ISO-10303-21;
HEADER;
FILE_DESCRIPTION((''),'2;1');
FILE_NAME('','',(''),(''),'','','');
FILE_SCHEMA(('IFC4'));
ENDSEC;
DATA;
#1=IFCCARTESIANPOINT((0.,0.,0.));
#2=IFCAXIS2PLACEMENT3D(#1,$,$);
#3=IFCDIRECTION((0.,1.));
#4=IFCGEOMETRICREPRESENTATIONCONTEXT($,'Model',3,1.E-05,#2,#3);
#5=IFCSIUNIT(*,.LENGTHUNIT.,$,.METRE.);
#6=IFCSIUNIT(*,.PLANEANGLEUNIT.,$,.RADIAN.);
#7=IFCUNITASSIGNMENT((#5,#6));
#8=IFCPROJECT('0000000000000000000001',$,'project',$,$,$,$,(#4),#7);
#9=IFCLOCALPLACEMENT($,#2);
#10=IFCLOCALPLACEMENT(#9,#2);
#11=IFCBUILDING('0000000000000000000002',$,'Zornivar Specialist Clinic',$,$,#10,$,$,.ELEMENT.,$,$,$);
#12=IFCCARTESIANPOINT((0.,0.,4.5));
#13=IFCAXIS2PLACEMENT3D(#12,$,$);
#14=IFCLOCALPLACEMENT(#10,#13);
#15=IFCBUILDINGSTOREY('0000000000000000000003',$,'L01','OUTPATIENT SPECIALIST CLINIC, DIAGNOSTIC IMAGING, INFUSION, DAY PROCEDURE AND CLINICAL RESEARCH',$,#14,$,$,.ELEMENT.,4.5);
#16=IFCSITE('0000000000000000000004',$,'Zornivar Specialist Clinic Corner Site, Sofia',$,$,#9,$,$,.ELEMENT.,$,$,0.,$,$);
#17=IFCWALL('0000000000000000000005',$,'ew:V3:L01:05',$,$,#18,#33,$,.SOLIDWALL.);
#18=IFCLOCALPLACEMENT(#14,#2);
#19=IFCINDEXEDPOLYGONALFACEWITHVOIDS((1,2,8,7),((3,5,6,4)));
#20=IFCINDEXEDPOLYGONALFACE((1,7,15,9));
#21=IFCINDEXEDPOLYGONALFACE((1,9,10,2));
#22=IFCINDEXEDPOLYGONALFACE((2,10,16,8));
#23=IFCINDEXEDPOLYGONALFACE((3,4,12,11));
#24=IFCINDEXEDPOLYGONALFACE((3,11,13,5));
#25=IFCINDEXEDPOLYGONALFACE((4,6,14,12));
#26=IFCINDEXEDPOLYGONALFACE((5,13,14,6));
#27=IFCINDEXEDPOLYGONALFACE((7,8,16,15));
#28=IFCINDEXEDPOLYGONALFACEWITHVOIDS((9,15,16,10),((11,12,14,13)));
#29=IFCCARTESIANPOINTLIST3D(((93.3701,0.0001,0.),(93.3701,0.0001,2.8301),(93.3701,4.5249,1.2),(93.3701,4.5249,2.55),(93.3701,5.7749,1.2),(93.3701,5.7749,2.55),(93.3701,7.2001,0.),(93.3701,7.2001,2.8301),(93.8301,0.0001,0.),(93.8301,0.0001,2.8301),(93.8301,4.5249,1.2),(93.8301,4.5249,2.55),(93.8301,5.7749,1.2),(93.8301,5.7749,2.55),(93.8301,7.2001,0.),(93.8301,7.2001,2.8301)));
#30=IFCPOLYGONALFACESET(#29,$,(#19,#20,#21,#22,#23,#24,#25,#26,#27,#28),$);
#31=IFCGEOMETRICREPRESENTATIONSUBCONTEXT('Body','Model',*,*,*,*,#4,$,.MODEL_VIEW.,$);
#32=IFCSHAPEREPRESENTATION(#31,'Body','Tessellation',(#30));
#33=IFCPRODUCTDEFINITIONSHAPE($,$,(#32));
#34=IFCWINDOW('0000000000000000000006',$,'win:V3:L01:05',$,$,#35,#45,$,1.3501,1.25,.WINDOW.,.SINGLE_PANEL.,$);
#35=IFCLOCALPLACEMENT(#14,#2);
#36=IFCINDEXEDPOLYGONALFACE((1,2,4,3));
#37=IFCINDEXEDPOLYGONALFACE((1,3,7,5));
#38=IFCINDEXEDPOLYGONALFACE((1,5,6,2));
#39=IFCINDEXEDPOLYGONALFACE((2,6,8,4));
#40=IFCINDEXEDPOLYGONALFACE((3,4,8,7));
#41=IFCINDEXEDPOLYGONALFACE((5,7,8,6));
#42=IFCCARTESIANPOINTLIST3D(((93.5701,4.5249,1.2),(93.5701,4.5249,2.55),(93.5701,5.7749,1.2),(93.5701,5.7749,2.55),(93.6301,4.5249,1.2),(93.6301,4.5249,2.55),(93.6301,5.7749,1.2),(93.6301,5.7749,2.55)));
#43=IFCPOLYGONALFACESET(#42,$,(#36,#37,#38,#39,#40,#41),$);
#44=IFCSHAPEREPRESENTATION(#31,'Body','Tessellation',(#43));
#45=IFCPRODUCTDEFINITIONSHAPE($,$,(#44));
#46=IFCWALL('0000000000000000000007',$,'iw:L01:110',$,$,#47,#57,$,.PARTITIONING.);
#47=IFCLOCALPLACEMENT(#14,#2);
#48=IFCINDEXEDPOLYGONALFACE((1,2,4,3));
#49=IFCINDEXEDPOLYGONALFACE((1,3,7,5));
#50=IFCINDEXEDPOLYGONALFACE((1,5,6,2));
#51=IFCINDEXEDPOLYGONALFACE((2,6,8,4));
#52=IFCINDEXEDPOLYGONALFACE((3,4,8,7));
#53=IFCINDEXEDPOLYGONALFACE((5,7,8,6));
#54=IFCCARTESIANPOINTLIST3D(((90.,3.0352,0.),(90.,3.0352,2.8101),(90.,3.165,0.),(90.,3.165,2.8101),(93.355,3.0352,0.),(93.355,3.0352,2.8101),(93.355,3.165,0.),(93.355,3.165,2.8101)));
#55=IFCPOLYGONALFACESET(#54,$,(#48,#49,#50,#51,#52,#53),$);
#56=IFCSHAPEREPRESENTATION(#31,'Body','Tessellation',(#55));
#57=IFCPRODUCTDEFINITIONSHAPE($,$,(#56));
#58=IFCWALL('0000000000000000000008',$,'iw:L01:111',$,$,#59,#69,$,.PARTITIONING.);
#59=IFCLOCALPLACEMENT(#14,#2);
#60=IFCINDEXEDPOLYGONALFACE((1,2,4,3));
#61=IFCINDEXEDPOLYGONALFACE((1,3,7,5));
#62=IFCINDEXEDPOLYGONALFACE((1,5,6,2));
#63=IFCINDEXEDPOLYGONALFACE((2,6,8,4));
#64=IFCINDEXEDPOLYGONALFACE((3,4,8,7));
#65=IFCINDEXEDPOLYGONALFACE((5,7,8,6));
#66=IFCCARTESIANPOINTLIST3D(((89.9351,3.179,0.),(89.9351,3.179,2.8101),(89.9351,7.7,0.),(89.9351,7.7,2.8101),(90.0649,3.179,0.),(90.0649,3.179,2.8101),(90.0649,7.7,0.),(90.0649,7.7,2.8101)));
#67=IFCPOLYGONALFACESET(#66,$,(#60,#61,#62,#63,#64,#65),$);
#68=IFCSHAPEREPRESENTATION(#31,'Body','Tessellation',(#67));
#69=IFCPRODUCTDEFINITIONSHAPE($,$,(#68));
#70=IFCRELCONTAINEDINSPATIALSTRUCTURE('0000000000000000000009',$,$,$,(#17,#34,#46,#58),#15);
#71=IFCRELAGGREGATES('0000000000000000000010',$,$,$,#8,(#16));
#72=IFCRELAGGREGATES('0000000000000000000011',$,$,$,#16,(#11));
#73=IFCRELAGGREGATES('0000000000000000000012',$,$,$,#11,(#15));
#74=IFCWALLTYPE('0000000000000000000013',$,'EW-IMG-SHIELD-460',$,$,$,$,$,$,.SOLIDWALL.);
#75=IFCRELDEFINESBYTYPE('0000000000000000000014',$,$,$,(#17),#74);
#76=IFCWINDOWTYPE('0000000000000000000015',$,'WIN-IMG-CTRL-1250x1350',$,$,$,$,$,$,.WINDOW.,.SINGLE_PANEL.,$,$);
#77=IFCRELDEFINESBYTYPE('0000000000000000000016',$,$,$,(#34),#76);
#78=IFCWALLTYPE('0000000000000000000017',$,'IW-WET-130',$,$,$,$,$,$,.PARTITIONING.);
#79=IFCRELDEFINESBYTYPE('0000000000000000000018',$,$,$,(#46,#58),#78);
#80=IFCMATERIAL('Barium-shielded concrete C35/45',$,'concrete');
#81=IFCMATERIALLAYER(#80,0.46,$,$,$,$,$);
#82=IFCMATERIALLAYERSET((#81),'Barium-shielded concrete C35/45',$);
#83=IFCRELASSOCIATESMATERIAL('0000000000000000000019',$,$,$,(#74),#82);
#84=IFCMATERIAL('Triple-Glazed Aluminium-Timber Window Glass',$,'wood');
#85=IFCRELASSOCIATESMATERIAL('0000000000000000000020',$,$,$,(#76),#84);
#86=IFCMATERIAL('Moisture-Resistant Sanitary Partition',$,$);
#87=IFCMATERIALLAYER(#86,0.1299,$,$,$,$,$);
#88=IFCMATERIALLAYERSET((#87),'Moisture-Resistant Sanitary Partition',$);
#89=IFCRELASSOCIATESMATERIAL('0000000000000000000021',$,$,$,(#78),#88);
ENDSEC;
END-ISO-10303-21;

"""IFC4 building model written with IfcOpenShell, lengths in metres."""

from ifc_helpers import new_model, si_unit, direction, frame, frame_2d, origin, place, context, subcontext, project, spatial, rectangle, extrude, material, layer, layer_set, type_object, element, fill, save


model = new_model("IFC4")

# Units and contexts
model_context = context("Model", 3, precision=1e-05, world=origin(), true_north=direction((0.0, 1.0)))
body_context = subcontext(model_context, "Body", "Model", "MODEL_VIEW")
ifc_project = project(units=[si_unit("LENGTHUNIT", "METRE"), si_unit("PLANEANGLEUNIT", "RADIAN")], contexts=[model_context])

# Site, building, storey
site_placement = place(None, origin())
site = spatial("IfcSite", under=ifc_project, at=site_placement, Name="Zornivar Specialist Clinic Corner Site, Sofia", CompositionType="ELEMENT", RefElevation=0.0)
building_placement = place(site_placement, origin())
building = spatial("IfcBuilding", under=site, at=building_placement, Name="Zornivar Specialist Clinic", CompositionType="ELEMENT")
storey_placement = place(building_placement, frame((0.0, 0.0, 4.5)))
storey = spatial("IfcBuildingStorey", under=building, at=storey_placement, Name="L01", Description="OUTPATIENT SPECIALIST CLINIC, DIAGNOSTIC IMAGING, INFUSION, DAY PROCEDURE AND CLINICAL RESEARCH", CompositionType="ELEMENT", Elevation=4.5)

# Wall, opening, window
ifc_material_1 = material(Name="Barium-shielded concrete C35/45", Category="concrete")
ifc_layer_1 = layer(ifc_material_1, 0.46)
ifc_layer_set_1 = layer_set([ifc_layer_1], Name="Barium-shielded concrete C35/45")
wall_type_1 = type_object("IfcWallType", Name="EW-IMG-SHIELD-460", PredefinedType="SOLIDWALL", material=ifc_layer_set_1)
wall_1_placement = place(storey_placement, frame((93.6001, 0.0, 0.0), z_axis=(0.0, 0.0, 1.0), x_axis=(0.0, 1.0, 0.0)))
wall_1 = element("IfcWall", 1, at=wall_1_placement, inside=storey, type_object=wall_type_1, Name="ew:V3:L01:05", PredefinedType="SOLIDWALL", context=body_context, shape_type="SweptSolid", body=[
    extrude(rectangle(XDim=7.2, YDim=0.46, at=frame_2d((3.6001, 0.0))), origin(), (0.0, 0.0, 1.0), 2.8301),
])
opening_1_placement = place(wall_1_placement, frame((4.5249, 0.0, 1.2)))
opening_1 = element("IfcOpeningElement", 2, at=opening_1_placement, cuts=wall_1, PredefinedType="OPENING", context=body_context, shape_type="SweptSolid", body=[
    extrude(rectangle(XDim=1.25, YDim=1.3501, at=frame_2d((0.625, 0.675))), frame((0.0, 0.24, 0.0), z_axis=(0.0, -1.0, 0.0), x_axis=(1.0, 0.0, 0.0)), (0.0, 0.0, 1.0), 0.48),
])
ifc_material_2 = material(Name="Triple-Glazed Aluminium-Timber Window Glass", Category="wood")
window_type_1 = type_object("IfcWindowType", Name="WIN-IMG-CTRL-1250x1350", PartitioningType="SINGLE_PANEL", PredefinedType="WINDOW", material=ifc_material_2)
window_1_placement = place(opening_1_placement, origin())
window_1 = element("IfcWindow", 3, at=window_1_placement, inside=storey, type_object=window_type_1, Name="win:V3:L01:05", OverallHeight=1.3501, OverallWidth=1.25, PartitioningType="SINGLE_PANEL", PredefinedType="WINDOW", context=body_context, shape_type="SweptSolid", body=[
    extrude(rectangle(XDim=1.25, YDim=1.3501, at=frame_2d((0.625, 0.675))), frame((0.0, 0.03, 0.0), z_axis=(0.0, -1.0, 0.0), x_axis=(1.0, 0.0, 0.0)), (0.0, 0.0, 1.0), 0.0601),
])
fill(opening_1, window_1)

# Walls
ifc_material_3 = material(Name="Moisture-Resistant Sanitary Partition")
ifc_layer_2 = layer(ifc_material_3, 0.1299)
ifc_layer_set_2 = layer_set([ifc_layer_2], Name="Moisture-Resistant Sanitary Partition")
wall_type_2 = type_object("IfcWallType", Name="IW-WET-130", PredefinedType="PARTITIONING", material=ifc_layer_set_2)
wall_2_placement = place(storey_placement, frame((93.355, 3.1001, 0.0), z_axis=(0.0, 0.0, 1.0), x_axis=(-1.0, 0.0, 0.0)))
element("IfcWall", 4, at=wall_2_placement, inside=storey, type_object=wall_type_2, Name="iw:L01:110", PredefinedType="PARTITIONING", context=body_context, shape_type="SweptSolid", body=[
    extrude(rectangle(XDim=3.355, YDim=0.1299, at=frame_2d((1.6775, 0.0))), origin(), (0.0, 0.0, 1.0), 2.8101),
])
wall_3_placement = place(storey_placement, frame((90.0, 3.179, 0.0), z_axis=(0.0, 0.0, 1.0), x_axis=(0.0, 1.0, 0.0)))
element("IfcWall", 5, at=wall_3_placement, inside=storey, type_object=wall_type_2, Name="iw:L01:111", PredefinedType="PARTITIONING", context=body_context, shape_type="SweptSolid", body=[
    extrude(rectangle(XDim=4.521, YDim=0.1299, at=frame_2d((2.2605, 0.0))), origin(), (0.0, 0.0, 1.0), 2.8101),
])

save(model, "model.ifc")
